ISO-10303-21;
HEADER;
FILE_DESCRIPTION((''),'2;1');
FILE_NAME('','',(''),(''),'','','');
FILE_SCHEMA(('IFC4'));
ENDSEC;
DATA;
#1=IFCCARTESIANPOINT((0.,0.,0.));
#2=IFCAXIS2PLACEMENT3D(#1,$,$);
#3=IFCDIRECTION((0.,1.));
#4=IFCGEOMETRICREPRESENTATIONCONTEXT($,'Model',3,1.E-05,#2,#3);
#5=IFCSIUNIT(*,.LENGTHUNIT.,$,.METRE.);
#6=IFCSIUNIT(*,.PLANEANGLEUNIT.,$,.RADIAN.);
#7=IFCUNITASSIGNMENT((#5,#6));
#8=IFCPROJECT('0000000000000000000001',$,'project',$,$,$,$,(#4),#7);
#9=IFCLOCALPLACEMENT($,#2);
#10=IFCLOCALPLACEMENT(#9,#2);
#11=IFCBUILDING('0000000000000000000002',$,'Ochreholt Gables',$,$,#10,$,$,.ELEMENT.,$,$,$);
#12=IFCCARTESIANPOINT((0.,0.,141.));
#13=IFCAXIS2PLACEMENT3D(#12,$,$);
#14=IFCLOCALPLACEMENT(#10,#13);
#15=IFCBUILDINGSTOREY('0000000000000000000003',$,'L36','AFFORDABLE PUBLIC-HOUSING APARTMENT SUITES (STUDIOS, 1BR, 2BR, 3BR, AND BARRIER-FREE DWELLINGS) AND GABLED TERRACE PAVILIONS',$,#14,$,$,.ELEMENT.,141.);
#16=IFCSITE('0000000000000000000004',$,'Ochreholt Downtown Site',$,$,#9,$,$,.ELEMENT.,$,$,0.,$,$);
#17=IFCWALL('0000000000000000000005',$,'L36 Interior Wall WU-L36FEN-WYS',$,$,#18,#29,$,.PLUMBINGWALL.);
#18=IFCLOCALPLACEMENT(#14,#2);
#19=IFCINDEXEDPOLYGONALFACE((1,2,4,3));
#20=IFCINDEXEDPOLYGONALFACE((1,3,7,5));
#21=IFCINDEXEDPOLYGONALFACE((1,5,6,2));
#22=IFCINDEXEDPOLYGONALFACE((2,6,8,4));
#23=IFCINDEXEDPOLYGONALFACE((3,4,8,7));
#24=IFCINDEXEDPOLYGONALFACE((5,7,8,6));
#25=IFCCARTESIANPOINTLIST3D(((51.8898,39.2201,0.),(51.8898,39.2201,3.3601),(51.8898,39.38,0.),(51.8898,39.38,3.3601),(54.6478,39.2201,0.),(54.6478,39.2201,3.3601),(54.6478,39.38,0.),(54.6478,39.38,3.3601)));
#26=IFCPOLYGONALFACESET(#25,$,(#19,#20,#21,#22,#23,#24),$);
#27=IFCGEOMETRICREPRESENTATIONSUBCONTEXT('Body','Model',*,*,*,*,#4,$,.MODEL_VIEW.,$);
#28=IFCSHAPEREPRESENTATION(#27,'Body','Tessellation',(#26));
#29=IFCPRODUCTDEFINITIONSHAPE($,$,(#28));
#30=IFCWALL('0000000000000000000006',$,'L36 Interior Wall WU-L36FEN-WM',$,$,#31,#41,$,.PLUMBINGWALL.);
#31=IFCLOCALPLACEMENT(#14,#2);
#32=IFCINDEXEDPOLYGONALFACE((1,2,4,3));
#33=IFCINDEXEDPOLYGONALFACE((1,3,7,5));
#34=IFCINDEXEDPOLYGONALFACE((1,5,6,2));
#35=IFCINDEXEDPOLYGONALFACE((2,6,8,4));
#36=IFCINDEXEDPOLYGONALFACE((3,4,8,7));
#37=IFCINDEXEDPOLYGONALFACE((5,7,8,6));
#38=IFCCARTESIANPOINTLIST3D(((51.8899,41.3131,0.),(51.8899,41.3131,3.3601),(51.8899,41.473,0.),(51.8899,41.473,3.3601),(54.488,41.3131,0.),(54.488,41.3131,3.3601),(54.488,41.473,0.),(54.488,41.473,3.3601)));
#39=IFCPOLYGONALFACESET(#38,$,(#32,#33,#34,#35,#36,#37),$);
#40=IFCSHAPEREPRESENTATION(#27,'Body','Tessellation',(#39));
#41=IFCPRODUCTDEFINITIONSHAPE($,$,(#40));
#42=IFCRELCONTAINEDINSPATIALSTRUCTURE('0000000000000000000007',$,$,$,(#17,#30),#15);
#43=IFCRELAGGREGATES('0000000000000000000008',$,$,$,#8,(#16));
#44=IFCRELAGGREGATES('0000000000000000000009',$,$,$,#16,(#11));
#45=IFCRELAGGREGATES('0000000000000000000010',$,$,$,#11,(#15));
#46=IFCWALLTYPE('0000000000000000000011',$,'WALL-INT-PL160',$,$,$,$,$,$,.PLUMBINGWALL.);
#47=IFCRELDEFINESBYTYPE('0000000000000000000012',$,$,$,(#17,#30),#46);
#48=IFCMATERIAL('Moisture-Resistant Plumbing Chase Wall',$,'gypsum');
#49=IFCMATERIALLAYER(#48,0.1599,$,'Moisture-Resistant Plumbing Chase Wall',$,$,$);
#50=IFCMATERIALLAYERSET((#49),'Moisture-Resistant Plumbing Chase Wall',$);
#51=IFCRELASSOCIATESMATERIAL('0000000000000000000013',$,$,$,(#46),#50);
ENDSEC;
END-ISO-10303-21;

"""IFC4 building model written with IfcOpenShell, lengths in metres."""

from ifc_helpers import new_model, si_unit, direction, frame, frame_2d, origin, place, context, subcontext, project, spatial, rectangle, extrude, material, layer, layer_set, type_object, element, save


model = new_model("IFC4")

# Units and contexts
model_context = context("Model", 3, precision=1e-05, world=origin(), true_north=direction((0.0, 1.0)))
body_context = subcontext(model_context, "Body", "Model", "MODEL_VIEW")
ifc_project = project(units=[si_unit("LENGTHUNIT", "METRE"), si_unit("PLANEANGLEUNIT", "RADIAN")], contexts=[model_context])

# Site, building, storey
site_placement = place(None, origin())
site = spatial("IfcSite", under=ifc_project, at=site_placement, Name="Ochreholt Downtown Site", CompositionType="ELEMENT", RefElevation=0.0)
building_placement = place(site_placement, origin())
building = spatial("IfcBuilding", under=site, at=building_placement, Name="Ochreholt Gables", CompositionType="ELEMENT")
storey_placement = place(building_placement, frame((0.0, 0.0, 141.0)))
storey = spatial("IfcBuildingStorey", under=building, at=storey_placement, Name="L36", Description="AFFORDABLE PUBLIC-HOUSING APARTMENT SUITES (STUDIOS, 1BR, 2BR, 3BR, AND BARRIER-FREE DWELLINGS) AND GABLED TERRACE PAVILIONS", CompositionType="ELEMENT", Elevation=141.0)

# Shared definitions
ifc_material_1 = material(Name="Moisture-Resistant Plumbing Chase Wall", Category="gypsum")
ifc_layer_1 = layer(ifc_material_1, 0.1599, Name="Moisture-Resistant Plumbing Chase Wall")
ifc_layer_set_1 = layer_set([ifc_layer_1], Name="Moisture-Resistant Plumbing Chase Wall")
wall_type_1 = type_object("IfcWallType", Name="WALL-INT-PL160", PredefinedType="PLUMBINGWALL", material=ifc_layer_set_1)

# Wall
wall_1_placement = place(storey_placement, frame((51.8899, 39.3, 0.0), z_axis=(0.0, 0.0, 1.0), x_axis=(1.0, 0.0, 0.0)))
element("IfcWall", 1, at=wall_1_placement, inside=storey, type_object=wall_type_1, Name="L36 Interior Wall WU-L36FEN-WYS", PredefinedType="PLUMBINGWALL", context=body_context, shape_type="SweptSolid", body=[
    extrude(rectangle(XDim=2.7581, YDim=0.1599, at=frame_2d((1.3789, 0.0))), origin(), (0.0, 0.0, 1.0), 3.3601),
])

# Wall
wall_2_placement = place(storey_placement, frame((51.8899, 41.3931, 0.0), z_axis=(0.0, 0.0, 1.0), x_axis=(1.0, 0.0, 0.0)))
element("IfcWall", 2, at=wall_2_placement, inside=storey, type_object=wall_type_1, Name="L36 Interior Wall WU-L36FEN-WM", PredefinedType="PLUMBINGWALL", context=body_context, shape_type="SweptSolid", body=[
    extrude(rectangle(XDim=2.5981, YDim=0.1599, at=frame_2d((1.2991, 0.0))), origin(), (0.0, 0.0, 1.0), 3.3601),
])

save(model, "model.ifc")
